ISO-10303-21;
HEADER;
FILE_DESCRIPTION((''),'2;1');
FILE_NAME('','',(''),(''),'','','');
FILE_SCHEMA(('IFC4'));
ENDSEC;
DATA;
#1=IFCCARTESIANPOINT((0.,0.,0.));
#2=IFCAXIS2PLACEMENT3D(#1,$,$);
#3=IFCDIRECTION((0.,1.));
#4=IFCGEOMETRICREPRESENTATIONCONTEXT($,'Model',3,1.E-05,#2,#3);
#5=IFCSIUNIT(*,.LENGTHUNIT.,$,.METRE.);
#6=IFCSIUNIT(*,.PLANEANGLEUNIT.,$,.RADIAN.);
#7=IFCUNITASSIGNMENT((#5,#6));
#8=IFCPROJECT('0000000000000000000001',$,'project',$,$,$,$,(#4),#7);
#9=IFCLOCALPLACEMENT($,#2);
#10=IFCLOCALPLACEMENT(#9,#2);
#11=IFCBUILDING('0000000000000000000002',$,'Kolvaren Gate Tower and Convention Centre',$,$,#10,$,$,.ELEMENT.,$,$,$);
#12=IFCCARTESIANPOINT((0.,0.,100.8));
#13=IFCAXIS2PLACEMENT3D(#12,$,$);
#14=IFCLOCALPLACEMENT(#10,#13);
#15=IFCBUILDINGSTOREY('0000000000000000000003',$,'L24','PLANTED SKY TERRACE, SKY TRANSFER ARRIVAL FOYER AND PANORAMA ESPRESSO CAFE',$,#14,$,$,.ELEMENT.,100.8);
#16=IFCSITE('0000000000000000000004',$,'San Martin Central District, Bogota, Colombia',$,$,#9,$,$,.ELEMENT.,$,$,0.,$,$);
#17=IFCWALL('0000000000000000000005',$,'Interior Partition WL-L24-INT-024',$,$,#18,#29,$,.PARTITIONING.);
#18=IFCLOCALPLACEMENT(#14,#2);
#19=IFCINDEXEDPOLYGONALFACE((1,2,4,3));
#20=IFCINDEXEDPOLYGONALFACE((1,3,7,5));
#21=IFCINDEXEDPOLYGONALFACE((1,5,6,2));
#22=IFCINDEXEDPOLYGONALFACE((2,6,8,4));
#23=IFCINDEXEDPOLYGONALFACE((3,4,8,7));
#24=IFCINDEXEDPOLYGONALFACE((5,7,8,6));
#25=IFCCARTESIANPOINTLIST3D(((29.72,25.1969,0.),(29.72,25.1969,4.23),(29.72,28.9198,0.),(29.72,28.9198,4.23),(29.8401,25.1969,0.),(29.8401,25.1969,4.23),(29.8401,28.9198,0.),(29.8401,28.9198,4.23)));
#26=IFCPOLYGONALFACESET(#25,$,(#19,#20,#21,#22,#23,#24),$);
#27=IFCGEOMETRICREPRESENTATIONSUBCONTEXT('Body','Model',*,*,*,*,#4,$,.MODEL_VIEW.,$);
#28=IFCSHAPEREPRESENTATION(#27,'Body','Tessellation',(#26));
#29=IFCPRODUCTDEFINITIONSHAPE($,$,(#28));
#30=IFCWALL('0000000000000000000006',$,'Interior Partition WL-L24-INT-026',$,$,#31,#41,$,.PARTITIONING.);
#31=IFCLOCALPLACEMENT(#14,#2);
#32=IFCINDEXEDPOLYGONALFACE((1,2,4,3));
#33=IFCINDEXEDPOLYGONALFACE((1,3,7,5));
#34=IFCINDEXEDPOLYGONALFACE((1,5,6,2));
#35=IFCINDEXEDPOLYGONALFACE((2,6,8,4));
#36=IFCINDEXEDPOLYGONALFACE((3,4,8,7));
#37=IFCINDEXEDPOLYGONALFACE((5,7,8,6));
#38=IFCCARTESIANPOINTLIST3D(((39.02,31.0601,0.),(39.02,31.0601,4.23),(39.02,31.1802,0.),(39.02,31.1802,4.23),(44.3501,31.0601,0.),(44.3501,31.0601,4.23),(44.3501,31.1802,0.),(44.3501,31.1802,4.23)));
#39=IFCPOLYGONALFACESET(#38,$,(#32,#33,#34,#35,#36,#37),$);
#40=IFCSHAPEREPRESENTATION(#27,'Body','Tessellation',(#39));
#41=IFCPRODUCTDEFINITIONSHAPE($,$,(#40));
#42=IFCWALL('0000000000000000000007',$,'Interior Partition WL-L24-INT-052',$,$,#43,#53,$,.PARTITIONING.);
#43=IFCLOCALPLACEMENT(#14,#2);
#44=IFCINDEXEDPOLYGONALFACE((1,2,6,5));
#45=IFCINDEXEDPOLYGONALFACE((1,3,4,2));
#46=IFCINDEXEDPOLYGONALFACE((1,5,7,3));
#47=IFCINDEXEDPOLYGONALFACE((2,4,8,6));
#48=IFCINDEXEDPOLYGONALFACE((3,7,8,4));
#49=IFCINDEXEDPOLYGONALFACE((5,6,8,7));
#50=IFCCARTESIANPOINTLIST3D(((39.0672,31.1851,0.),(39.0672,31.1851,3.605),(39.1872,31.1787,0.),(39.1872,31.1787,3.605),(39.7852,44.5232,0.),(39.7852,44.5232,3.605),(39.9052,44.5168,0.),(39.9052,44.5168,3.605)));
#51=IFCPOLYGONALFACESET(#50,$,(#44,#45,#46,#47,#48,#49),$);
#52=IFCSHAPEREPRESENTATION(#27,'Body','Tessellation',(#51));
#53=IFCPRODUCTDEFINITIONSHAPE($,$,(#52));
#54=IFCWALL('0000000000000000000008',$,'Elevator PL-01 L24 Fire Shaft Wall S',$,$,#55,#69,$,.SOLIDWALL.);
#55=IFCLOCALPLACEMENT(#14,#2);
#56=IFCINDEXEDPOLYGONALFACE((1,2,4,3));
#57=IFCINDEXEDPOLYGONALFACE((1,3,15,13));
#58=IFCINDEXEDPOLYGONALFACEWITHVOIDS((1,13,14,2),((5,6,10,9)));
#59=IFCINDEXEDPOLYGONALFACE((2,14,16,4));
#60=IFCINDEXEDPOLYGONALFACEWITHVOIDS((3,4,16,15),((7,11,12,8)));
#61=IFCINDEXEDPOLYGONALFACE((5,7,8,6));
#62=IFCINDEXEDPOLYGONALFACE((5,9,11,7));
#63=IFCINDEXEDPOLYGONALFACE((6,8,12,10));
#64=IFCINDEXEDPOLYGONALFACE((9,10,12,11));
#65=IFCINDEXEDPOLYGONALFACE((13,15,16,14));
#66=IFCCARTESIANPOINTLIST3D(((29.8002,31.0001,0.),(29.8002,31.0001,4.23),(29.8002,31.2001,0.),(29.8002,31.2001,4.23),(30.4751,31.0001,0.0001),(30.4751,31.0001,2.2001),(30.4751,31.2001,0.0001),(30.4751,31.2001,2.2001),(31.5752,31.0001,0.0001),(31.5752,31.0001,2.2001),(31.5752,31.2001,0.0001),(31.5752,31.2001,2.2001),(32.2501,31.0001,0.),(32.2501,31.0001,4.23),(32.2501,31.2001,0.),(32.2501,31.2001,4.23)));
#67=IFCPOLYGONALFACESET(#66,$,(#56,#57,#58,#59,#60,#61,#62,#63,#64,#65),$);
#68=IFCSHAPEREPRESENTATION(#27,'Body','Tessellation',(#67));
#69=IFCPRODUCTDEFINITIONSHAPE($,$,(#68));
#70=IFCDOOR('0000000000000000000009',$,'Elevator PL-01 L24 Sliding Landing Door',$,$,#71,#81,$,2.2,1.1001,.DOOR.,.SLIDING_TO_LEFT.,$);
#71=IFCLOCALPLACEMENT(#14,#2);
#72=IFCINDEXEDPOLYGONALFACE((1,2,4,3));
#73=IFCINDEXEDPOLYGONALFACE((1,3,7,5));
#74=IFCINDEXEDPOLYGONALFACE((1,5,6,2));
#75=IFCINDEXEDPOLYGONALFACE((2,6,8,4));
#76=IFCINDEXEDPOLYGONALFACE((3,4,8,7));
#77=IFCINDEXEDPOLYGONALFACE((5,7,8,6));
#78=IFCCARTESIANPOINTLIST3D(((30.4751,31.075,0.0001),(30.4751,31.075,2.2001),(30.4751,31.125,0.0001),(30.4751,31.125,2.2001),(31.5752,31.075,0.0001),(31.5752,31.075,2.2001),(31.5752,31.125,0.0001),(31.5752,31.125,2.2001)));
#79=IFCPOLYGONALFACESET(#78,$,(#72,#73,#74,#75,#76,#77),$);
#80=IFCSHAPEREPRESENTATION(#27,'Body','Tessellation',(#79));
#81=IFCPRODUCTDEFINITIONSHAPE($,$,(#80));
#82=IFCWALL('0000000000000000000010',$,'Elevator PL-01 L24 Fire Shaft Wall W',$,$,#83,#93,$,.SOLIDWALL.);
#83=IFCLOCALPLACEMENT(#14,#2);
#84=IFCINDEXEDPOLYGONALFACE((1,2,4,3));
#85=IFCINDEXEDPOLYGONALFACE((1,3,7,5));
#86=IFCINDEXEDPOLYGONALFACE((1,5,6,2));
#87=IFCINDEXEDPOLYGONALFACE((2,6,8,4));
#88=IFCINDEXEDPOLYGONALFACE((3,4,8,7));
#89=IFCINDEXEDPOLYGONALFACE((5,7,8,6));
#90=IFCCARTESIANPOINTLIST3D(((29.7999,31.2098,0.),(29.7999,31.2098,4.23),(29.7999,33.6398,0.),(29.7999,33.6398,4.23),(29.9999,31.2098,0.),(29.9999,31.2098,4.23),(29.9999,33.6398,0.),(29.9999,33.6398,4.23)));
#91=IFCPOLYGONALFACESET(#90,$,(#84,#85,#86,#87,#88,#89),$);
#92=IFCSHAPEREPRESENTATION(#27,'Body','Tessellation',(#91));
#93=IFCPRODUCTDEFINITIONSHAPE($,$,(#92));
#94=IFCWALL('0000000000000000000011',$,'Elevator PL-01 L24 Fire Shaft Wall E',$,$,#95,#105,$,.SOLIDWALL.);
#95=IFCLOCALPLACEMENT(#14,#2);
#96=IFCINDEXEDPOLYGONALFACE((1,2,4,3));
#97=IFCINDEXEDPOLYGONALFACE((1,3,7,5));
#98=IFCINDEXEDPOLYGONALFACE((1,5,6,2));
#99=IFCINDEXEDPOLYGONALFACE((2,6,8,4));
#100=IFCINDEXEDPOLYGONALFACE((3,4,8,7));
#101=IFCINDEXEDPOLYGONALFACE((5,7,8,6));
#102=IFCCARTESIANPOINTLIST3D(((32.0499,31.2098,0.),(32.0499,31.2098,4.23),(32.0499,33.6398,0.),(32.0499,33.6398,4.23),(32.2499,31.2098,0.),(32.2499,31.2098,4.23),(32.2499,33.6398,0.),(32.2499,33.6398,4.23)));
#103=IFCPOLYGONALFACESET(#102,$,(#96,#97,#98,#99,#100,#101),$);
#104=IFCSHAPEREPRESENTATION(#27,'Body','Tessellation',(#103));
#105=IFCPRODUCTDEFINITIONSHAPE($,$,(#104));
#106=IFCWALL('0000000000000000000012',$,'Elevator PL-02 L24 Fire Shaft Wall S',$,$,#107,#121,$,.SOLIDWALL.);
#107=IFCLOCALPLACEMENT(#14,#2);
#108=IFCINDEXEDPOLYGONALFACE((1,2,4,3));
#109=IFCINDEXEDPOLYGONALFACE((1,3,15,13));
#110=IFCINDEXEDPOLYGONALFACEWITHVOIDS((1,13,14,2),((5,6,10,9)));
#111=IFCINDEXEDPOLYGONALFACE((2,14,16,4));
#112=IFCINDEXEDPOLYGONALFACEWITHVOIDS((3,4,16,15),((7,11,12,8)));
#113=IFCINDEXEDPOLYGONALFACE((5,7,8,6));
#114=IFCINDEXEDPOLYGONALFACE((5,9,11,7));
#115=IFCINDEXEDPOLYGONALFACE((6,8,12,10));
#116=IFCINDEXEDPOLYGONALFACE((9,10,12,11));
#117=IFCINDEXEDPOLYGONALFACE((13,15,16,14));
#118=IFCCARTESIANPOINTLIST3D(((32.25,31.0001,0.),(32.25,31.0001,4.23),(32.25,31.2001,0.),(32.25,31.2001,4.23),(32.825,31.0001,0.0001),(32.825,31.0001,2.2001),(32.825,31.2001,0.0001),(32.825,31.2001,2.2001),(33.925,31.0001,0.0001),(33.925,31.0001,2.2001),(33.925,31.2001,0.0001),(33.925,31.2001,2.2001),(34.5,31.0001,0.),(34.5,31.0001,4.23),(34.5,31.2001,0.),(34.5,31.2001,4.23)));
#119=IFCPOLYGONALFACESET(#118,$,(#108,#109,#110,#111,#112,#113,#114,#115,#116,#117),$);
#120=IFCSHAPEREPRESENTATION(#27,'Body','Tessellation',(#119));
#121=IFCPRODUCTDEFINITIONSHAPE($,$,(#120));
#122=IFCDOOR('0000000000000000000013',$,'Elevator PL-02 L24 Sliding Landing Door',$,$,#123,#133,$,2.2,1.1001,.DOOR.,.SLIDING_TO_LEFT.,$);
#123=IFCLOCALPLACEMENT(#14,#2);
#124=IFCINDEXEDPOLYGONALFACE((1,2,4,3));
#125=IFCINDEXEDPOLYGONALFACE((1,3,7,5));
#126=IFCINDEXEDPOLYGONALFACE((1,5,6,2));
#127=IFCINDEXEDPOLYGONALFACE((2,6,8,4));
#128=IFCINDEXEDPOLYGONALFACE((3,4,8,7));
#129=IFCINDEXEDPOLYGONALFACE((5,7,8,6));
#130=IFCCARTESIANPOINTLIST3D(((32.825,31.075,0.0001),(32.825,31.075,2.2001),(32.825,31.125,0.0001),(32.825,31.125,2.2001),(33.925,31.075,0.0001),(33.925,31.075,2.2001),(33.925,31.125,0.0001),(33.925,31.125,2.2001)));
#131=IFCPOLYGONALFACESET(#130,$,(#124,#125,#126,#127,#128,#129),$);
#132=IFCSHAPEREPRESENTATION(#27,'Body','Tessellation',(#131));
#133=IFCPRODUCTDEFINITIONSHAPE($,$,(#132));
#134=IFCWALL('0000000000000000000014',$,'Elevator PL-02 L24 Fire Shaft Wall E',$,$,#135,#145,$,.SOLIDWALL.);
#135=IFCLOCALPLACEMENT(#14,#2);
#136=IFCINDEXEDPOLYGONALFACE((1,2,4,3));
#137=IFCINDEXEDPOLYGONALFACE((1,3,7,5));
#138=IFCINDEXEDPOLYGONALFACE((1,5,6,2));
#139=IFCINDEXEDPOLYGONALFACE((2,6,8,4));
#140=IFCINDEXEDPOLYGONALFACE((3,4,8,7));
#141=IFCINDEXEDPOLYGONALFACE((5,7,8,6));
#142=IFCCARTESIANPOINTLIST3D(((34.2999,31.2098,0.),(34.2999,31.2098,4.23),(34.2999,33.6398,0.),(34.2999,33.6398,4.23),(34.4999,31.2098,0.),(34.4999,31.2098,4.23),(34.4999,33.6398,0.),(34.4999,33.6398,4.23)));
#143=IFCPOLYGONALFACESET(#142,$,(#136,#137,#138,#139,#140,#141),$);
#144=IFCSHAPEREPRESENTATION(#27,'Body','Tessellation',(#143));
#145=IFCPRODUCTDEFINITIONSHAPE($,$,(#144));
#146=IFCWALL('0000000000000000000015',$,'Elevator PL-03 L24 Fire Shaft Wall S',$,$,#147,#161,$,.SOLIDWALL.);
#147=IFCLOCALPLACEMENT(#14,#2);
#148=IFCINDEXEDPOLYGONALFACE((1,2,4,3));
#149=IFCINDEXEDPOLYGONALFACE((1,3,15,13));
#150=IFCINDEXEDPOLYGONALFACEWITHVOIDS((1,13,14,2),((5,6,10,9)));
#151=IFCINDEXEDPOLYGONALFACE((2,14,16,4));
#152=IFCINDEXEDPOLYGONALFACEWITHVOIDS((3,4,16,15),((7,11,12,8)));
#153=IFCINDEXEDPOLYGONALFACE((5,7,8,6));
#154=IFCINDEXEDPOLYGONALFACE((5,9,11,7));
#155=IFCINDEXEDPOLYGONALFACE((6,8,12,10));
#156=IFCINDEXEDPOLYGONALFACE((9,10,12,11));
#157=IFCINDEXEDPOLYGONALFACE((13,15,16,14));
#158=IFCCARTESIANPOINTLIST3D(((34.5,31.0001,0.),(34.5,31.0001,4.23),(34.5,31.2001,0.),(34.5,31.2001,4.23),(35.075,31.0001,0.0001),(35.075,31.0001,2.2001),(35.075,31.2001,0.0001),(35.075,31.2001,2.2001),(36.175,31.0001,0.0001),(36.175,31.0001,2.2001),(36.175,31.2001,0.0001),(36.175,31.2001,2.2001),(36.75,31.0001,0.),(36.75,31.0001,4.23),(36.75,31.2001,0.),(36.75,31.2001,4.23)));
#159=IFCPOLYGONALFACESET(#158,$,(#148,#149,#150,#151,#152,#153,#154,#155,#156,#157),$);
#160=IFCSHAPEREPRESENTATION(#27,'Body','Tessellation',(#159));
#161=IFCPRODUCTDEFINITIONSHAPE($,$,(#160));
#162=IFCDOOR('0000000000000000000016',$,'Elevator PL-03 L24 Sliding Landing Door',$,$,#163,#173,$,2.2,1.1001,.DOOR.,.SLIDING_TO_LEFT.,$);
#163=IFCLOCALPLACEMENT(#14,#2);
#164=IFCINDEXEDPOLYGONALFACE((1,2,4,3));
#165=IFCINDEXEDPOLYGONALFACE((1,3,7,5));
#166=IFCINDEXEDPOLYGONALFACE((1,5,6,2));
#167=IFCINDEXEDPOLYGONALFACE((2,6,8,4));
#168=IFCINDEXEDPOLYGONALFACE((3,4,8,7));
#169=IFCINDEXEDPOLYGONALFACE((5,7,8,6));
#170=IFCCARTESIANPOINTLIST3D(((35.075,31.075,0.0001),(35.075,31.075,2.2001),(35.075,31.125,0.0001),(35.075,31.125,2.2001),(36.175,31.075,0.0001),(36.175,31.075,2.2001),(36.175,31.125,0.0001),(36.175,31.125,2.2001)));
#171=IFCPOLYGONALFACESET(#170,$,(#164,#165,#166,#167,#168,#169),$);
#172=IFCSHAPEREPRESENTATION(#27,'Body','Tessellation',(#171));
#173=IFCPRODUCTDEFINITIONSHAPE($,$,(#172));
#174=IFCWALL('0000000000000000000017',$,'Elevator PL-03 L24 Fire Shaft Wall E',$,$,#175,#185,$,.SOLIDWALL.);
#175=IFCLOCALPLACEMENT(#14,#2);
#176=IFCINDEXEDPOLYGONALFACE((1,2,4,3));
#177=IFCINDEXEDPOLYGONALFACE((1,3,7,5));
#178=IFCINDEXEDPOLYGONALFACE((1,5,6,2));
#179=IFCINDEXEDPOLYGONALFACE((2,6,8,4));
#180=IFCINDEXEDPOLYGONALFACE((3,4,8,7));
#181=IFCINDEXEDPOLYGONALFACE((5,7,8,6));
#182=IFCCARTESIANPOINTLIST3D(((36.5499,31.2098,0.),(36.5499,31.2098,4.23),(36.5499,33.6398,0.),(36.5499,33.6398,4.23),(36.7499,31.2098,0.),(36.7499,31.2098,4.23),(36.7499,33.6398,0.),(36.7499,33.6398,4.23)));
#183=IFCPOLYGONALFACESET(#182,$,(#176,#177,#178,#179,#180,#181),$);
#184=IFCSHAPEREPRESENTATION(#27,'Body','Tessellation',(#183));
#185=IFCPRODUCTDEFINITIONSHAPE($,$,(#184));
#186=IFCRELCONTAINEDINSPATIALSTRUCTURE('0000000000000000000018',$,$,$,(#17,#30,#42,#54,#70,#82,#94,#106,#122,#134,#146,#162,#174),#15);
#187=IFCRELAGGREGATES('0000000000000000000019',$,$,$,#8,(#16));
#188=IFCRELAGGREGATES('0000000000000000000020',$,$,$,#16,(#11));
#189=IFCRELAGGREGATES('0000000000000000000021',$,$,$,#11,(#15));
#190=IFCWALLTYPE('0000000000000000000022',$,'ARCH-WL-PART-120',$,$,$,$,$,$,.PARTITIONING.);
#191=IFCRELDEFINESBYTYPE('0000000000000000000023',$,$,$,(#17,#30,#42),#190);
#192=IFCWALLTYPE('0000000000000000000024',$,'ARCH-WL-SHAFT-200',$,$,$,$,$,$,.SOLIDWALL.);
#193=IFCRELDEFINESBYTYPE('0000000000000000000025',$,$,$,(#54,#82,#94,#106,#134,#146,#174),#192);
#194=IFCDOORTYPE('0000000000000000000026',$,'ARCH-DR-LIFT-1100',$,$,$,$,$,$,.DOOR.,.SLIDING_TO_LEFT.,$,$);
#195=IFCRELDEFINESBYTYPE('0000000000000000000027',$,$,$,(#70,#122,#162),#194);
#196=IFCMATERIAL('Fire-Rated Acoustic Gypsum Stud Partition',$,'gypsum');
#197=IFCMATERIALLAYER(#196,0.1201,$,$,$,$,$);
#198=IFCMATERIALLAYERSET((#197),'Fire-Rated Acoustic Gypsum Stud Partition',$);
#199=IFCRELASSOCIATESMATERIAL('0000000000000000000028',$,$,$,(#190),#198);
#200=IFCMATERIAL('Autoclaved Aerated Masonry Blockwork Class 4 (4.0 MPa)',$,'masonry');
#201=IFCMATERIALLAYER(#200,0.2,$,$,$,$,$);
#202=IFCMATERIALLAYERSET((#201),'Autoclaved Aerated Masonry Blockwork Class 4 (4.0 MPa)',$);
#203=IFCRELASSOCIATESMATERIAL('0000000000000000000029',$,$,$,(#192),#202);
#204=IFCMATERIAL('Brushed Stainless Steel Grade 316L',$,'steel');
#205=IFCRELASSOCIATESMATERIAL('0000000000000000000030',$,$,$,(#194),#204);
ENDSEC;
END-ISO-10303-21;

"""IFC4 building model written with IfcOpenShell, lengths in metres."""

from ifc_helpers import new_model, si_unit, direction, frame, frame_2d, origin, place, context, subcontext, project, spatial, rectangle, extrude, material, layer, layer_set, type_object, element, fill, save


model = new_model("IFC4")

# Units and contexts
model_context = context("Model", 3, precision=1e-05, world=origin(), true_north=direction((0.0, 1.0)))
body_context = subcontext(model_context, "Body", "Model", "MODEL_VIEW")
ifc_project = project(units=[si_unit("LENGTHUNIT", "METRE"), si_unit("PLANEANGLEUNIT", "RADIAN")], contexts=[model_context])

# Site, building, storey
site_placement = place(None, origin())
site = spatial("IfcSite", under=ifc_project, at=site_placement, Name="San Martin Central District, Bogota, Colombia", CompositionType="ELEMENT", RefElevation=0.0)
building_placement = place(site_placement, origin())
building = spatial("IfcBuilding", under=site, at=building_placement, Name="Kolvaren Gate Tower and Convention Centre", CompositionType="ELEMENT")
storey_placement = place(building_placement, frame((0.0, 0.0, 100.8)))
storey = spatial("IfcBuildingStorey", under=building, at=storey_placement, Name="L24", Description="PLANTED SKY TERRACE, SKY TRANSFER ARRIVAL FOYER AND PANORAMA ESPRESSO CAFE", CompositionType="ELEMENT", Elevation=100.8)

# Walls
ifc_material_1 = material(Name="Fire-Rated Acoustic Gypsum Stud Partition", Category="gypsum")
ifc_layer_1 = layer(ifc_material_1, 0.1201)
ifc_layer_set_1 = layer_set([ifc_layer_1], Name="Fire-Rated Acoustic Gypsum Stud Partition")
wall_type_1 = type_object("IfcWallType", Name="ARCH-WL-PART-120", PredefinedType="PARTITIONING", material=ifc_layer_set_1)
wall_1_placement = place(storey_placement, frame((29.78, 25.197, 0.0), z_axis=(0.0, 0.0, 1.0), x_axis=(0.0, 1.0, 0.0)))
element("IfcWall", 1, at=wall_1_placement, inside=storey, type_object=wall_type_1, Name="Interior Partition WL-L24-INT-024", PredefinedType="PARTITIONING", context=body_context, shape_type="SweptSolid", body=[
    extrude(rectangle(XDim=3.7229, YDim=0.1201, at=frame_2d((1.8613, 0.0))), origin(), (0.0, 0.0, 1.0), 4.23),
])
wall_2_placement = place(storey_placement, frame((39.02, 31.1201, 0.0), z_axis=(0.0, 0.0, 1.0), x_axis=(1.0, 0.0, 0.0)))
element("IfcWall", 2, at=wall_2_placement, inside=storey, type_object=wall_type_1, Name="Interior Partition WL-L24-INT-026", PredefinedType="PARTITIONING", context=body_context, shape_type="SweptSolid", body=[
    extrude(rectangle(XDim=5.3301, YDim=0.1201, at=frame_2d((2.665, 0.0))), origin(), (0.0, 0.0, 1.0), 4.23),
])
wall_3_placement = place(storey_placement, frame((39.1272, 31.1819, 0.0), z_axis=(0.0, 0.0, 1.0), x_axis=(0.053754, 0.998554, 0.0)))
element("IfcWall", 3, at=wall_3_placement, inside=storey, type_object=wall_type_1, Name="Interior Partition WL-L24-INT-052", PredefinedType="PARTITIONING", context=body_context, shape_type="SweptSolid", body=[
    extrude(rectangle(XDim=13.3574, YDim=0.1201, at=frame_2d((6.6787, 0.0))), origin(), (0.0, 0.0, 1.0), 3.605),
])

# Wall, opening, door
ifc_material_2 = material(Name="Autoclaved Aerated Masonry Blockwork Class 4 (4.0 MPa)", Category="masonry")
ifc_layer_2 = layer(ifc_material_2, 0.2)
ifc_layer_set_2 = layer_set([ifc_layer_2], Name="Autoclaved Aerated Masonry Blockwork Class 4 (4.0 MPa)")
wall_type_2 = type_object("IfcWallType", Name="ARCH-WL-SHAFT-200", PredefinedType="SOLIDWALL", material=ifc_layer_set_2)
wall_4_placement = place(storey_placement, frame((29.8, 31.1001, 0.0), z_axis=(0.0, 0.0, 1.0), x_axis=(1.0, 0.0, 0.0)))
wall_4 = element("IfcWall", 4, at=wall_4_placement, inside=storey, type_object=wall_type_2, Name="Elevator PL-01 L24 Fire Shaft Wall S", PredefinedType="SOLIDWALL", context=body_context, shape_type="SweptSolid", body=[
    extrude(rectangle(XDim=2.45, YDim=0.2, at=frame_2d((1.2251, 0.0))), origin(), (0.0, 0.0, 1.0), 4.23),
])
opening_1_placement = place(wall_4_placement, frame((0.675, 0.0, 0.0)))
opening_1 = element("IfcOpeningElement", 5, at=opening_1_placement, cuts=wall_4, PredefinedType="OPENING", context=body_context, shape_type="SweptSolid", body=[
    extrude(rectangle(XDim=1.1001, YDim=2.2, at=frame_2d((0.55, 1.1001))), frame((0.0, 0.1099, 0.0), z_axis=(0.0, -1.0, 0.0), x_axis=(1.0, 0.0, 0.0)), (0.0, 0.0, 1.0), 0.22),
])
ifc_material_3 = material(Name="Brushed Stainless Steel Grade 316L", Category="steel")
door_type = type_object("IfcDoorType", Name="ARCH-DR-LIFT-1100", OperationType="SLIDING_TO_LEFT", PredefinedType="DOOR", material=ifc_material_3)
door_1_placement = place(opening_1_placement, origin())
door_1 = element("IfcDoor", 6, at=door_1_placement, inside=storey, type_object=door_type, Name="Elevator PL-01 L24 Sliding Landing Door", OperationType="SLIDING_TO_LEFT", OverallHeight=2.2, OverallWidth=1.1001, PredefinedType="DOOR", context=body_context, shape_type="SweptSolid", body=[
    extrude(rectangle(XDim=1.1001, YDim=2.2, at=frame_2d((0.55, 1.1001))), frame((0.0, 0.0249, 0.0), z_axis=(0.0, -1.0, 0.0), x_axis=(1.0, 0.0, 0.0)), (0.0, 0.0, 1.0), 0.05),
])
fill(opening_1, door_1)

# Walls
for number, where, z_axis, x_axis, name in (
    (7, (29.8999, 31.21, 0.0), (0.0, 0.0, 1.0), (0.0, 1.0, 0.0), "Elevator PL-01 L24 Fire Shaft Wall W"),
    (8, (32.1499, 31.21, 0.0), (0.0, 0.0, 1.0), (0.0, 1.0, 0.0), "Elevator PL-01 L24 Fire Shaft Wall E"),
):
    element("IfcWall", number, at=place(storey_placement, frame(where, z_axis=z_axis, x_axis=x_axis)), inside=storey, type_object=wall_type_2, Name=name, PredefinedType="SOLIDWALL", context=body_context, shape_type="SweptSolid", body=[
        extrude(rectangle(XDim=2.4299, YDim=0.2, at=frame_2d((1.2148, 0.0))), origin(), (0.0, 0.0, 1.0), 4.23),
    ])

# Wall, opening, door
wall_5_placement = place(storey_placement, frame((32.25, 31.1001, 0.0), z_axis=(0.0, 0.0, 1.0), x_axis=(1.0, 0.0, 0.0)))
wall_5 = element("IfcWall", 9, at=wall_5_placement, inside=storey, type_object=wall_type_2, Name="Elevator PL-02 L24 Fire Shaft Wall S", PredefinedType="SOLIDWALL", context=body_context, shape_type="SweptSolid", body=[
    extrude(rectangle(XDim=2.25, YDim=0.2, at=frame_2d((1.125, 0.0))), origin(), (0.0, 0.0, 1.0), 4.23),
])
opening_2_placement = place(wall_5_placement, frame((0.575, 0.0, 0.0)))
opening_2 = element("IfcOpeningElement", 10, at=opening_2_placement, cuts=wall_5, PredefinedType="OPENING", context=body_context, shape_type="SweptSolid", body=[
    extrude(rectangle(XDim=1.1001, YDim=2.2, at=frame_2d((0.55, 1.1001))), frame((0.0, 0.1099, 0.0), z_axis=(0.0, -1.0, 0.0), x_axis=(1.0, 0.0, 0.0)), (0.0, 0.0, 1.0), 0.22),
])
door_2_placement = place(opening_2_placement, origin())
door_2 = element("IfcDoor", 11, at=door_2_placement, inside=storey, type_object=door_type, Name="Elevator PL-02 L24 Sliding Landing Door", OperationType="SLIDING_TO_LEFT", OverallHeight=2.2, OverallWidth=1.1001, PredefinedType="DOOR", context=body_context, shape_type="SweptSolid", body=[
    extrude(rectangle(XDim=1.1001, YDim=2.2, at=frame_2d((0.55, 1.1001))), frame((0.0, 0.0249, 0.0), z_axis=(0.0, -1.0, 0.0), x_axis=(1.0, 0.0, 0.0)), (0.0, 0.0, 1.0), 0.05),
])
fill(opening_2, door_2)

# Wall
wall_6_placement = place(storey_placement, frame((34.3999, 31.21, 0.0), z_axis=(0.0, 0.0, 1.0), x_axis=(0.0, 1.0, 0.0)))
element("IfcWall", 12, at=wall_6_placement, inside=storey, type_object=wall_type_2, Name="Elevator PL-02 L24 Fire Shaft Wall E", PredefinedType="SOLIDWALL", context=body_context, shape_type="SweptSolid", body=[
    extrude(rectangle(XDim=2.4299, YDim=0.2, at=frame_2d((1.2148, 0.0))), origin(), (0.0, 0.0, 1.0), 4.23),
])

# Wall, opening, door
wall_7_placement = place(storey_placement, frame((34.5, 31.1001, 0.0), z_axis=(0.0, 0.0, 1.0), x_axis=(1.0, 0.0, 0.0)))
wall_7 = element("IfcWall", 13, at=wall_7_placement, inside=storey, type_object=wall_type_2, Name="Elevator PL-03 L24 Fire Shaft Wall S", PredefinedType="SOLIDWALL", context=body_context, shape_type="SweptSolid", body=[
    extrude(rectangle(XDim=2.25, YDim=0.2, at=frame_2d((1.125, 0.0))), origin(), (0.0, 0.0, 1.0), 4.23),
])
opening_3_placement = place(wall_7_placement, frame((0.575, 0.0, 0.0)))
opening_3 = element("IfcOpeningElement", 14, at=opening_3_placement, cuts=wall_7, PredefinedType="OPENING", context=body_context, shape_type="SweptSolid", body=[
    extrude(rectangle(XDim=1.1001, YDim=2.2, at=frame_2d((0.55, 1.1001))), frame((0.0, 0.1099, 0.0), z_axis=(0.0, -1.0, 0.0), x_axis=(1.0, 0.0, 0.0)), (0.0, 0.0, 1.0), 0.22),
])
door_3_placement = place(opening_3_placement, origin())
door_3 = element("IfcDoor", 15, at=door_3_placement, inside=storey, type_object=door_type, Name="Elevator PL-03 L24 Sliding Landing Door", OperationType="SLIDING_TO_LEFT", OverallHeight=2.2, OverallWidth=1.1001, PredefinedType="DOOR", context=body_context, shape_type="SweptSolid", body=[
    extrude(rectangle(XDim=1.1001, YDim=2.2, at=frame_2d((0.55, 1.1001))), frame((0.0, 0.0249, 0.0), z_axis=(0.0, -1.0, 0.0), x_axis=(1.0, 0.0, 0.0)), (0.0, 0.0, 1.0), 0.05),
])
fill(opening_3, door_3)

# Wall
wall_8_placement = place(storey_placement, frame((36.6499, 31.21, 0.0), z_axis=(0.0, 0.0, 1.0), x_axis=(0.0, 1.0, 0.0)))
element("IfcWall", 16, at=wall_8_placement, inside=storey, type_object=wall_type_2, Name="Elevator PL-03 L24 Fire Shaft Wall E", PredefinedType="SOLIDWALL", context=body_context, shape_type="SweptSolid", body=[
    extrude(rectangle(XDim=2.4299, YDim=0.2, at=frame_2d((1.2148, 0.0))), origin(), (0.0, 0.0, 1.0), 4.23),
])

save(model, "model.ifc")
